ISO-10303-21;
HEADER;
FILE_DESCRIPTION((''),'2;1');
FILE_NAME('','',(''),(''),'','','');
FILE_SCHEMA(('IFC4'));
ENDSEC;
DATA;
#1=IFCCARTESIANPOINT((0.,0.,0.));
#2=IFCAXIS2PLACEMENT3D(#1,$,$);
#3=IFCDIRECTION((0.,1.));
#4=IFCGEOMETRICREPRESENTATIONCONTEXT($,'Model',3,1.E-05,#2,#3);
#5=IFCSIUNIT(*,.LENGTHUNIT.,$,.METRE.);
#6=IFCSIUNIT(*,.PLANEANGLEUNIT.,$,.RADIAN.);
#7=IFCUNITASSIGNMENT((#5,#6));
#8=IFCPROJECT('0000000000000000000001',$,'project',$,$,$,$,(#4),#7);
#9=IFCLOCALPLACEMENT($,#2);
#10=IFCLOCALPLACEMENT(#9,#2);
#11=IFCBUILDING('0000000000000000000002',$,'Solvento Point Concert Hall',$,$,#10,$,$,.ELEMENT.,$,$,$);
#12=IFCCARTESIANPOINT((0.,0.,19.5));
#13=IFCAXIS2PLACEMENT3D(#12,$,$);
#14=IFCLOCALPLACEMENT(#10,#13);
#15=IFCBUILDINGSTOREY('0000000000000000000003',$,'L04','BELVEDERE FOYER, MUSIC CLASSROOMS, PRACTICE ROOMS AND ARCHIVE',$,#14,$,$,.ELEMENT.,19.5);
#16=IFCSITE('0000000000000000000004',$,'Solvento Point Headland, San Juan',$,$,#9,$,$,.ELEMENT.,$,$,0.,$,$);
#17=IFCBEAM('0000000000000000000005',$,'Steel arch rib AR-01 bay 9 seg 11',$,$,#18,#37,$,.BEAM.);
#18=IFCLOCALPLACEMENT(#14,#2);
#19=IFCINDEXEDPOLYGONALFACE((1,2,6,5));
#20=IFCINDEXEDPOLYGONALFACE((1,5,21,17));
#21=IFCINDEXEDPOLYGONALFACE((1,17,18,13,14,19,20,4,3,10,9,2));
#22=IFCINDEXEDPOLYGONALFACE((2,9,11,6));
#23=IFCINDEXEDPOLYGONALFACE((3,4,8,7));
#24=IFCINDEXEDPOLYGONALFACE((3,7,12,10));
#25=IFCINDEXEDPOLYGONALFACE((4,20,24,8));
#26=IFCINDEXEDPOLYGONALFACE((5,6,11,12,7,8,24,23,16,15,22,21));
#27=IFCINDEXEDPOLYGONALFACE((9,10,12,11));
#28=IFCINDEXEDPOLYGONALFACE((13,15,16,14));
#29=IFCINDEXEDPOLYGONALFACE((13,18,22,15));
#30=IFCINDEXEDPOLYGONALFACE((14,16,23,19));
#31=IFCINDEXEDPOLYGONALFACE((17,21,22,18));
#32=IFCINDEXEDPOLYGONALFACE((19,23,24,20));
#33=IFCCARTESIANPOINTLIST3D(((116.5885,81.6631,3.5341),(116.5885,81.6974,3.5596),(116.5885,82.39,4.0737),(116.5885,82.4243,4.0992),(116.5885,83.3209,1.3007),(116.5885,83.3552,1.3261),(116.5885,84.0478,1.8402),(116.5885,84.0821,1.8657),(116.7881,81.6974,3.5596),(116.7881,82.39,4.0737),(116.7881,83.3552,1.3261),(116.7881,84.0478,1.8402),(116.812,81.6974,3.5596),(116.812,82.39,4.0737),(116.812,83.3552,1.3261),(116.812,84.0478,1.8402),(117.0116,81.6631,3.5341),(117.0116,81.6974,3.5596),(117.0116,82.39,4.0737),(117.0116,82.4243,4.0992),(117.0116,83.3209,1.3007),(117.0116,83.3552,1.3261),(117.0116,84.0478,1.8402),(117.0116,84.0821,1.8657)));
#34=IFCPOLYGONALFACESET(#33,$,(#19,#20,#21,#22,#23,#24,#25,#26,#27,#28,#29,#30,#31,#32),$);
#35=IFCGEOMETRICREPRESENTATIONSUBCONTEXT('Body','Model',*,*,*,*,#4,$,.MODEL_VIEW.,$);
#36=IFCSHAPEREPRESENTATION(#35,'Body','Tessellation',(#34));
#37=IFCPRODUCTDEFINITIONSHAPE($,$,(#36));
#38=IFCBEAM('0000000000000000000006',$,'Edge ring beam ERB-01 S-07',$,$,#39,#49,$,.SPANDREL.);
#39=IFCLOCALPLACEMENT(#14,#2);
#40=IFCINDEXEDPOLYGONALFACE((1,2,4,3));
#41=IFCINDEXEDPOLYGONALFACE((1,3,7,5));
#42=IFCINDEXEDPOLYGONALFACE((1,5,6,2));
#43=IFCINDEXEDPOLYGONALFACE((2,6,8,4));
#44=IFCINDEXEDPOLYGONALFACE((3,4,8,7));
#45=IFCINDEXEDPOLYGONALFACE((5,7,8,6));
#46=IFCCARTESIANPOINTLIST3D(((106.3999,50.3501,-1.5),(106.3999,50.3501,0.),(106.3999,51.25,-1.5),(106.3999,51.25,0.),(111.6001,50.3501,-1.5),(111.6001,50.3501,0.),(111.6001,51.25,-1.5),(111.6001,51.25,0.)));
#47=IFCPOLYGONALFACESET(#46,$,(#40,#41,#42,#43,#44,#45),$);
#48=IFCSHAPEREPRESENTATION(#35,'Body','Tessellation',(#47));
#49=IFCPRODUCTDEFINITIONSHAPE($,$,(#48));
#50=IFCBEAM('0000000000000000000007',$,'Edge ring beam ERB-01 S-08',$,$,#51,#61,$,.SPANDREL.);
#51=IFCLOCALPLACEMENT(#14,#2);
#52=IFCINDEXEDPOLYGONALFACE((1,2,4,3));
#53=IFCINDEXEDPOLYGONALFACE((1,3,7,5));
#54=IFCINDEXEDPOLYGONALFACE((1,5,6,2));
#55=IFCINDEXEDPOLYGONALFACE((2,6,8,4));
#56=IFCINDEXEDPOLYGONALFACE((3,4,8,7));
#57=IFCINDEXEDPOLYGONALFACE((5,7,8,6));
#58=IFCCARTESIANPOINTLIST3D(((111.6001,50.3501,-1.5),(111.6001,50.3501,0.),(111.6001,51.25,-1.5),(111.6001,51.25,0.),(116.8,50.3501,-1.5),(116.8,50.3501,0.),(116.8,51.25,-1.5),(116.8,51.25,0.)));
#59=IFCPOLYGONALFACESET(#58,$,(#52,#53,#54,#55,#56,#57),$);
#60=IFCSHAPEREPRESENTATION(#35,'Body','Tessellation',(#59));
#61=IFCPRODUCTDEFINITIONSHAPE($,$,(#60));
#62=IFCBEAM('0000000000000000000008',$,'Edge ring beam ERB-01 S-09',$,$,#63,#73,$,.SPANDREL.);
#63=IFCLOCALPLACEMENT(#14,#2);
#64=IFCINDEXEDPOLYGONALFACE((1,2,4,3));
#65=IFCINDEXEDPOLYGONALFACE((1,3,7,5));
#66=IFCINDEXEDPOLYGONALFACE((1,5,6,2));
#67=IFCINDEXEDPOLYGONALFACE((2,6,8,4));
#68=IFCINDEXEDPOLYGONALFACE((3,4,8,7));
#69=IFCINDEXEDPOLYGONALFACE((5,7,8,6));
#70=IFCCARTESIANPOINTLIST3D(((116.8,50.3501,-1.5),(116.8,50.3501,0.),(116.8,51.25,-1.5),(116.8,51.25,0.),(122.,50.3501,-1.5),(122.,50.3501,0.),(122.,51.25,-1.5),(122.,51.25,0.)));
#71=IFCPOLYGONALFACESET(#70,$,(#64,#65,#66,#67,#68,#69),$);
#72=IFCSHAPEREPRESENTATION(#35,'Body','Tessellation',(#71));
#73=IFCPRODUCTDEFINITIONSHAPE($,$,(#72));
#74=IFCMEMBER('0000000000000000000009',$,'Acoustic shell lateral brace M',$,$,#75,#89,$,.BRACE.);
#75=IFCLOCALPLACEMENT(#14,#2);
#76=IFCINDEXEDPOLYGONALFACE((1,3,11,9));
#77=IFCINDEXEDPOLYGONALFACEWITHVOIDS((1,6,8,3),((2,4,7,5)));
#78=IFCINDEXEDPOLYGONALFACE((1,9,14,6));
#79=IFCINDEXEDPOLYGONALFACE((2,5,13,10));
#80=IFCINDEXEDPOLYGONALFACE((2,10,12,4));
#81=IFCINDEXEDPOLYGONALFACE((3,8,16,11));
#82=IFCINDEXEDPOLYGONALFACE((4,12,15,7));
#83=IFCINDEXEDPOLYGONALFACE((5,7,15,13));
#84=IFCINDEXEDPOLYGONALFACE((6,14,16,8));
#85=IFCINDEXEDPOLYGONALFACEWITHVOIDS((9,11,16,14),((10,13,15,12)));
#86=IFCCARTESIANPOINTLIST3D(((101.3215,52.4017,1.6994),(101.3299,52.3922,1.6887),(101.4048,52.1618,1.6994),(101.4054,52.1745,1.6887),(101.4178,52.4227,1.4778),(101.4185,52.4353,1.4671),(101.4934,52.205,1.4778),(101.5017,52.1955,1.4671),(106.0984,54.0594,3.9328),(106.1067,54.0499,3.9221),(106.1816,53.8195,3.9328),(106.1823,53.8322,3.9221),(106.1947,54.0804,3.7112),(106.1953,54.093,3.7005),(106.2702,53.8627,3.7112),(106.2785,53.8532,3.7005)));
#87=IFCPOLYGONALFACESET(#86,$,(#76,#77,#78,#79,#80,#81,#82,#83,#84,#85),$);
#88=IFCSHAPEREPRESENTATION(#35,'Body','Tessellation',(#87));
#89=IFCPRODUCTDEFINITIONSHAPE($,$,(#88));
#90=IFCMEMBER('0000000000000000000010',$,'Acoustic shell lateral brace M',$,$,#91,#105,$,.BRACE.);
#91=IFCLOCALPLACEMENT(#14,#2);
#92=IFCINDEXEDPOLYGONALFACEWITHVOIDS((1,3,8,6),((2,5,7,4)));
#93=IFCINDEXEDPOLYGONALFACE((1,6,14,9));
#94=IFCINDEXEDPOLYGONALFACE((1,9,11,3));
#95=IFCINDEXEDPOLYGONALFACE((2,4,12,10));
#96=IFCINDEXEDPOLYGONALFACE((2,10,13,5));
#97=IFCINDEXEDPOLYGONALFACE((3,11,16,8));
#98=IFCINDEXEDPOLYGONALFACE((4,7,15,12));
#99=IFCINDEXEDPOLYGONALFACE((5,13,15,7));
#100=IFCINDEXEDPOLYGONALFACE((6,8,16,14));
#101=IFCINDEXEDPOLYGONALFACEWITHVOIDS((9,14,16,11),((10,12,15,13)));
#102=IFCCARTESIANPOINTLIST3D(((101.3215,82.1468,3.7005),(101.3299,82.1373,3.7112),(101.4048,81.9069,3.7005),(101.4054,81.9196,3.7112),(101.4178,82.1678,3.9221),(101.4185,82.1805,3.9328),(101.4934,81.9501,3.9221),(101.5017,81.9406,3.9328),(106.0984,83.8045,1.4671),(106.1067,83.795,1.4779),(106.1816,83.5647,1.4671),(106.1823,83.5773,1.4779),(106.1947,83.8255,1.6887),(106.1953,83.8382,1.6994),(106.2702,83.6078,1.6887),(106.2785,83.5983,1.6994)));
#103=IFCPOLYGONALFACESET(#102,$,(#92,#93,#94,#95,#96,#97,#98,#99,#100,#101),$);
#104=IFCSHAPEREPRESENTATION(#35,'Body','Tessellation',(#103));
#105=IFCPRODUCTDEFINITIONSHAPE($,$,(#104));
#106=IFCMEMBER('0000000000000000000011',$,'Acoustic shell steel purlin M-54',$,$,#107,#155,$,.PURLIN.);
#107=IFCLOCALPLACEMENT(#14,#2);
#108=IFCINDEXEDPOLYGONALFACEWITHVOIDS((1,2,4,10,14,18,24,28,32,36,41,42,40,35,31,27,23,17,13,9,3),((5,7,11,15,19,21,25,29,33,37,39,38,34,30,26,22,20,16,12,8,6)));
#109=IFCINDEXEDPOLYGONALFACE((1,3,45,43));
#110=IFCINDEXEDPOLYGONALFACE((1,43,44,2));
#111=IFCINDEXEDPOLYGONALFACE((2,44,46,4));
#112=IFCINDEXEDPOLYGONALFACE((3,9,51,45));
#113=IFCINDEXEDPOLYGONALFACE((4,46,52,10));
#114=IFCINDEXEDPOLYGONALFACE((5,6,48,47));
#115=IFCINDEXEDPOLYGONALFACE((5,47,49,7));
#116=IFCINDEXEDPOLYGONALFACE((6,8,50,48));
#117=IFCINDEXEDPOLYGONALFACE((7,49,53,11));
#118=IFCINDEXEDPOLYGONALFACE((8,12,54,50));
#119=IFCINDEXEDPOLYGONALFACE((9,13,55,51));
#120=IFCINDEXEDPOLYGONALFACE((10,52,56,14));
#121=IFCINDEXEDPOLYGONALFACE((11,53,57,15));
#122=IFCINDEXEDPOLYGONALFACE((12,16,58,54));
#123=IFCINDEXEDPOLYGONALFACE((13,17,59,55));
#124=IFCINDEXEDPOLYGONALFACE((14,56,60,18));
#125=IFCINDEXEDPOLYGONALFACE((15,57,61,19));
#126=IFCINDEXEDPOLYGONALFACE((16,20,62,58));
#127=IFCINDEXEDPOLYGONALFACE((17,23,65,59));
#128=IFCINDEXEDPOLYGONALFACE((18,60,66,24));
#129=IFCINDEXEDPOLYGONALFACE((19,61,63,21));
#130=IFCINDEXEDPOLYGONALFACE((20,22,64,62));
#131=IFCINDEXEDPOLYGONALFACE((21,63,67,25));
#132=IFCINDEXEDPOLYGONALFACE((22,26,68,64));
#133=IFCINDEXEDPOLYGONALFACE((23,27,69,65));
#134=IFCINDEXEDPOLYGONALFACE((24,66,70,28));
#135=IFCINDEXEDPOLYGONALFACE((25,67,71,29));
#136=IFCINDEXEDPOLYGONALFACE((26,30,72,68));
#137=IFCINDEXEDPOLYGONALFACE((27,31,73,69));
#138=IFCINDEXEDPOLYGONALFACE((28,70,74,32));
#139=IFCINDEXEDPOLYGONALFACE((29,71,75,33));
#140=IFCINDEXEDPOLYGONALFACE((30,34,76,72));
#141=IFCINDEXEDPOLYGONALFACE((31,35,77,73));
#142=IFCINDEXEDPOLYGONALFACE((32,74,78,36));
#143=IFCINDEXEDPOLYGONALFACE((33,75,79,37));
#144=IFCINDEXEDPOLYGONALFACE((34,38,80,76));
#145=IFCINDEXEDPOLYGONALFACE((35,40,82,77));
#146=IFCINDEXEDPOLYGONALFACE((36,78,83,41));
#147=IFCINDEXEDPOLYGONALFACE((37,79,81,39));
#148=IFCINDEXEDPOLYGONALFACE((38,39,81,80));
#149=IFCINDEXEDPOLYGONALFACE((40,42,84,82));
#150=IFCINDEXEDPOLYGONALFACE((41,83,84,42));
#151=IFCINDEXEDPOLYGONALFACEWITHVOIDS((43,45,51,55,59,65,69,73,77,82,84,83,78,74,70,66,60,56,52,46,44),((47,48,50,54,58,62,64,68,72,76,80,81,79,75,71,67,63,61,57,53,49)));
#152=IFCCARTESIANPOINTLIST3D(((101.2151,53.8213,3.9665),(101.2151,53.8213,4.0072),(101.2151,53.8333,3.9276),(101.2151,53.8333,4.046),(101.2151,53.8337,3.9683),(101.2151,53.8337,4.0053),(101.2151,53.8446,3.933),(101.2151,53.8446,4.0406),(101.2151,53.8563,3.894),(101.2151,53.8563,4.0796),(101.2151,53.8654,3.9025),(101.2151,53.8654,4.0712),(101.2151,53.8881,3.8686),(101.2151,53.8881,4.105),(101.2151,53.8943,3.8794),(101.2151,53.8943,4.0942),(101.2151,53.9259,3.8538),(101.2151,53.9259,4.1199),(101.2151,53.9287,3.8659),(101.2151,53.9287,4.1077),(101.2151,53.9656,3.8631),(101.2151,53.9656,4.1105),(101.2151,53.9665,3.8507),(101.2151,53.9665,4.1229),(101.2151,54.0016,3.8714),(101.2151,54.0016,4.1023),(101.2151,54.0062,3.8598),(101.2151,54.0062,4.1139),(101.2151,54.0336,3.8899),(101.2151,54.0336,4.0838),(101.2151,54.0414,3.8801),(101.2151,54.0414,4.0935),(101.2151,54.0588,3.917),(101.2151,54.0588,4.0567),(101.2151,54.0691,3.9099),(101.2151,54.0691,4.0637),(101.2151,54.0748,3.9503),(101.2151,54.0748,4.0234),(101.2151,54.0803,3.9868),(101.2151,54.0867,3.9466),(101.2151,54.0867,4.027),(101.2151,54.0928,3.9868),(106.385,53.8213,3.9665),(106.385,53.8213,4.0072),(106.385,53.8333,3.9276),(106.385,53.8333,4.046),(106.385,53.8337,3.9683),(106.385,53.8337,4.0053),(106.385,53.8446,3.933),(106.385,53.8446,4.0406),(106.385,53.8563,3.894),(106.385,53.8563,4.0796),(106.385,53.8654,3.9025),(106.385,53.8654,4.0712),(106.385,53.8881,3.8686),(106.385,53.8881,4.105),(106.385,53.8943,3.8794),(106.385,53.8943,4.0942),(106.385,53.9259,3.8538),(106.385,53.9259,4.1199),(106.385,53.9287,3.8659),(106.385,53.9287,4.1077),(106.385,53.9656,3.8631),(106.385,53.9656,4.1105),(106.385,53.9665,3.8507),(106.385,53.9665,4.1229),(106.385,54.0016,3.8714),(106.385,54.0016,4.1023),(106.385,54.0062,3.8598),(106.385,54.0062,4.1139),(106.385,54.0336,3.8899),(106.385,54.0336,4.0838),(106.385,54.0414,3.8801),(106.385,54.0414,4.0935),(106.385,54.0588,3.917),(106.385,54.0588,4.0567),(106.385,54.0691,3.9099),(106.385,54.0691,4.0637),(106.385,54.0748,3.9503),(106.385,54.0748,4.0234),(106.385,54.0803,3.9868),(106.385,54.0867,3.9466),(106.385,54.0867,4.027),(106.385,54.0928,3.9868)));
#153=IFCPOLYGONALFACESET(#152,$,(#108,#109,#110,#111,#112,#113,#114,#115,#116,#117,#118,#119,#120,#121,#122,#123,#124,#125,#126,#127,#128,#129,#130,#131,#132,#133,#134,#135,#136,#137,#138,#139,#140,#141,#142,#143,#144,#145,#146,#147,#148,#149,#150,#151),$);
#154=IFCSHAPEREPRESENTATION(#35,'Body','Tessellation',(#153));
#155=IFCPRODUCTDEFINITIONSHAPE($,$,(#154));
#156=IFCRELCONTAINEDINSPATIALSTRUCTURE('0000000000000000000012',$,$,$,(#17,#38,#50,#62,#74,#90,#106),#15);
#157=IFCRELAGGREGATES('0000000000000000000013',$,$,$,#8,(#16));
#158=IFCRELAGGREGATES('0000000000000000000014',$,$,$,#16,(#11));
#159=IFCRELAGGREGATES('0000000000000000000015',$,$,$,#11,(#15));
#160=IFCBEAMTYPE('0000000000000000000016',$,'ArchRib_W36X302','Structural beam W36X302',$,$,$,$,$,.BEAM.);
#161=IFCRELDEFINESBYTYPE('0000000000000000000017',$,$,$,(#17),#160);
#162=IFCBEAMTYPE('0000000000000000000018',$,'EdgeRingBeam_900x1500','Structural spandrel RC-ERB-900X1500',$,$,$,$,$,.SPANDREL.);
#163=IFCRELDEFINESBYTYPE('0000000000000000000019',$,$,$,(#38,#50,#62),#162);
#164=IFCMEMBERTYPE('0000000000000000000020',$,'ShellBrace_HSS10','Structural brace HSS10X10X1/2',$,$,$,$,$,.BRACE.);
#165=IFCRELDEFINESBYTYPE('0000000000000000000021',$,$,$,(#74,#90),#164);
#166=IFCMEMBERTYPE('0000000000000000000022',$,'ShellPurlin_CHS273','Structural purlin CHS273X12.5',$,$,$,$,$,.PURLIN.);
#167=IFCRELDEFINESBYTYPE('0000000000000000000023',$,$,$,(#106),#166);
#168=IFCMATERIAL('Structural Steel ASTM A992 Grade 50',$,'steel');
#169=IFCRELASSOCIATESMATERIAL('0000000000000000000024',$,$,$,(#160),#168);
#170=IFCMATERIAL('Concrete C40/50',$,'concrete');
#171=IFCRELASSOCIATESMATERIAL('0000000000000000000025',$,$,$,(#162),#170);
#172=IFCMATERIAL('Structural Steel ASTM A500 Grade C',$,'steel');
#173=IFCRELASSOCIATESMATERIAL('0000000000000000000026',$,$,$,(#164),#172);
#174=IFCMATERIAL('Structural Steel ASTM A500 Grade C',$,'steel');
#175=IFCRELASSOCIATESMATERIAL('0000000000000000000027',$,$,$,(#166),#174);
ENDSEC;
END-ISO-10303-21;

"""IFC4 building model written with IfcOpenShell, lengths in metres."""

from ifc_helpers import new_model, si_unit, direction, frame, origin, origin_2d, place, context, subcontext, project, spatial, rectangle, hollow_rectangle, hollow_circle, i_section, extrude, material, material_profile, profile_set, type_object, element, save


model = new_model("IFC4")

# Units and contexts
model_context = context("Model", 3, precision=1e-05, world=origin(), true_north=direction((0.0, 1.0)))
body_context = subcontext(model_context, "Body", "Model", "MODEL_VIEW")
ifc_project = project(units=[si_unit("LENGTHUNIT", "METRE"), si_unit("PLANEANGLEUNIT", "RADIAN")], contexts=[model_context])

# Site, building, storey
site_placement = place(None, origin())
site = spatial("IfcSite", under=ifc_project, at=site_placement, Name="Solvento Point Headland, San Juan", CompositionType="ELEMENT", RefElevation=0.0)
building_placement = place(site_placement, origin())
building = spatial("IfcBuilding", under=site, at=building_placement, Name="Solvento Point Concert Hall", CompositionType="ELEMENT")
storey_placement = place(building_placement, frame((0.0, 0.0, 19.5)))
storey = spatial("IfcBuildingStorey", under=building, at=storey_placement, Name="L04", Description="BELVEDERE FOYER, MUSIC CLASSROOMS, PRACTICE ROOMS AND ARCHIVE", CompositionType="ELEMENT", Elevation=19.5)

# Beams
ifc_material_1 = material(Name="Structural Steel ASTM A992 Grade 50", Category="steel")
ifc_material_profile_1 = material_profile(ifc_material_1, i_section(OverallWidth=0.4231, OverallDepth=0.948, WebThickness=0.0239, FlangeThickness=0.0427, at=origin_2d()), Name="W36X302")
ifc_profile_set_1 = profile_set([ifc_material_profile_1], Name="Structural Steel ASTM A992 Grade 50")
beam_type_1 = type_object("IfcBeamType", Name="ArchRib_W36X302", Description="Structural beam W36X302", PredefinedType="BEAM", material=ifc_profile_set_1)
for number, where, z_axis, x_axis, name in (
    (1, (116.8, 82.0437, 3.8167), (0.0, 0.596004, -0.802981), (-1.0, 0.0, 0.0), "Steel arch rib AR-01 bay 9 seg 11"),
):
    element("IfcBeam", number, at=place(storey_placement, frame(where, z_axis=z_axis, x_axis=x_axis)), inside=storey, type_object=beam_type_1, Name=name, PredefinedType="BEAM", context=body_context, shape_type="SweptSolid", body=[
        extrude(i_section(OverallWidth=0.4231, OverallDepth=0.948, WebThickness=0.0239, FlangeThickness=0.0427, at=origin_2d()), origin(), (0.0, 0.0, 1.0), 2.7815),
    ])
ifc_material_2 = material(Name="Concrete C40/50", Category="concrete")
ifc_material_profile_2 = material_profile(ifc_material_2, rectangle(XDim=0.8999, YDim=1.5, at=origin_2d()), Name="RC-ERB-900X1500")
ifc_profile_set_2 = profile_set([ifc_material_profile_2], Name="Concrete C40/50")
beam_type_2 = type_object("IfcBeamType", Name="EdgeRingBeam_900x1500", Description="Structural spandrel RC-ERB-900X1500", PredefinedType="SPANDREL", material=ifc_profile_set_2)
beam_1_placement = place(storey_placement, frame((106.3999, 50.8, -0.75), z_axis=(1.0, 0.0, 0.0), x_axis=(0.0, 1.0, 0.0)))
element("IfcBeam", 2, at=beam_1_placement, inside=storey, type_object=beam_type_2, Name="Edge ring beam ERB-01 S-07", PredefinedType="SPANDREL", context=body_context, shape_type="SweptSolid", body=[
    extrude(rectangle(XDim=0.8999, YDim=1.5, at=origin_2d()), origin(), (0.0, 0.0, 1.0), 5.2002),
])
for number, where, z_axis, x_axis, name in (
    (3, (111.6001, 50.8, -0.75), (1.0, 0.0, 0.0), (0.0, 1.0, 0.0), "Edge ring beam ERB-01 S-08"),
    (4, (116.8, 50.8, -0.75), (1.0, 0.0, 0.0), (0.0, 1.0, 0.0), "Edge ring beam ERB-01 S-09"),
):
    element("IfcBeam", number, at=place(storey_placement, frame(where, z_axis=z_axis, x_axis=x_axis)), inside=storey, type_object=beam_type_2, Name=name, PredefinedType="SPANDREL", context=body_context, shape_type="SweptSolid", body=[
        extrude(rectangle(XDim=0.8999, YDim=1.5, at=origin_2d()), origin(), (0.0, 0.0, 1.0), 5.2),
    ])

# Members
ifc_material_3 = material(Name="Structural Steel ASTM A500 Grade C", Category="steel")
ifc_material_profile_3 = material_profile(ifc_material_3, hollow_rectangle(XDim=0.2539, YDim=0.2539, WallThickness=0.0117, at=origin_2d()), Name="HSS10X10X1/2")
ifc_profile_set_3 = profile_set([ifc_material_profile_3], Name="Structural Steel ASTM A500 Grade C")
member_type_1 = type_object("IfcMemberType", Name="ShellBrace_HSS10", Description="Structural brace HSS10X10X1/2", PredefinedType="BRACE", material=ifc_profile_set_3)
for number, where, z_axis, x_axis, name in (
    (5, (101.4116, 52.2986, 1.5833), (0.864182, 0.299897, 0.404044), (-0.32785, 0.94473, 0.0), "Acoustic shell lateral brace M"),
    (6, (101.4116, 82.0437, 3.8167), (0.864182, 0.299897, -0.404044), (-0.32785, 0.94473, 0.0), "Acoustic shell lateral brace M"),
):
    element("IfcMember", number, at=place(storey_placement, frame(where, z_axis=z_axis, x_axis=x_axis)), inside=storey, type_object=member_type_1, Name=name, PredefinedType="BRACE", context=body_context, shape_type="SweptSolid", body=[
        extrude(hollow_rectangle(XDim=0.2539, YDim=0.2539, WallThickness=0.0117, at=origin_2d()), origin(), (0.0, 0.0, 1.0), 5.5276),
    ])
ifc_material_4 = material(Name="Structural Steel ASTM A500 Grade C", Category="steel")
ifc_material_profile_4 = material_profile(ifc_material_4, hollow_circle(Radius=0.1365, WallThickness=0.0125, at=origin_2d()), Name="CHS273X12.5")
ifc_profile_set_4 = profile_set([ifc_material_profile_4], Name="Structural Steel ASTM A500 Grade C")
member_type_2 = type_object("IfcMemberType", Name="ShellPurlin_CHS273", Description="Structural purlin CHS273X12.5", PredefinedType="PURLIN", material=ifc_profile_set_4)
for number, where, z_axis, x_axis, name in (
    (7, (101.2151, 53.9563, 3.9868), (1.0, 0.0, 0.0), (0.0, 1.0, 0.0), "Acoustic shell steel purlin M-54"),
):
    element("IfcMember", number, at=place(storey_placement, frame(where, z_axis=z_axis, x_axis=x_axis)), inside=storey, type_object=member_type_2, Name=name, PredefinedType="PURLIN", context=body_context, shape_type="SweptSolid", body=[
        extrude(hollow_circle(Radius=0.1365, WallThickness=0.0125, at=origin_2d()), origin(), (0.0, 0.0, 1.0), 5.1699),
    ])

save(model, "model.ifc")
